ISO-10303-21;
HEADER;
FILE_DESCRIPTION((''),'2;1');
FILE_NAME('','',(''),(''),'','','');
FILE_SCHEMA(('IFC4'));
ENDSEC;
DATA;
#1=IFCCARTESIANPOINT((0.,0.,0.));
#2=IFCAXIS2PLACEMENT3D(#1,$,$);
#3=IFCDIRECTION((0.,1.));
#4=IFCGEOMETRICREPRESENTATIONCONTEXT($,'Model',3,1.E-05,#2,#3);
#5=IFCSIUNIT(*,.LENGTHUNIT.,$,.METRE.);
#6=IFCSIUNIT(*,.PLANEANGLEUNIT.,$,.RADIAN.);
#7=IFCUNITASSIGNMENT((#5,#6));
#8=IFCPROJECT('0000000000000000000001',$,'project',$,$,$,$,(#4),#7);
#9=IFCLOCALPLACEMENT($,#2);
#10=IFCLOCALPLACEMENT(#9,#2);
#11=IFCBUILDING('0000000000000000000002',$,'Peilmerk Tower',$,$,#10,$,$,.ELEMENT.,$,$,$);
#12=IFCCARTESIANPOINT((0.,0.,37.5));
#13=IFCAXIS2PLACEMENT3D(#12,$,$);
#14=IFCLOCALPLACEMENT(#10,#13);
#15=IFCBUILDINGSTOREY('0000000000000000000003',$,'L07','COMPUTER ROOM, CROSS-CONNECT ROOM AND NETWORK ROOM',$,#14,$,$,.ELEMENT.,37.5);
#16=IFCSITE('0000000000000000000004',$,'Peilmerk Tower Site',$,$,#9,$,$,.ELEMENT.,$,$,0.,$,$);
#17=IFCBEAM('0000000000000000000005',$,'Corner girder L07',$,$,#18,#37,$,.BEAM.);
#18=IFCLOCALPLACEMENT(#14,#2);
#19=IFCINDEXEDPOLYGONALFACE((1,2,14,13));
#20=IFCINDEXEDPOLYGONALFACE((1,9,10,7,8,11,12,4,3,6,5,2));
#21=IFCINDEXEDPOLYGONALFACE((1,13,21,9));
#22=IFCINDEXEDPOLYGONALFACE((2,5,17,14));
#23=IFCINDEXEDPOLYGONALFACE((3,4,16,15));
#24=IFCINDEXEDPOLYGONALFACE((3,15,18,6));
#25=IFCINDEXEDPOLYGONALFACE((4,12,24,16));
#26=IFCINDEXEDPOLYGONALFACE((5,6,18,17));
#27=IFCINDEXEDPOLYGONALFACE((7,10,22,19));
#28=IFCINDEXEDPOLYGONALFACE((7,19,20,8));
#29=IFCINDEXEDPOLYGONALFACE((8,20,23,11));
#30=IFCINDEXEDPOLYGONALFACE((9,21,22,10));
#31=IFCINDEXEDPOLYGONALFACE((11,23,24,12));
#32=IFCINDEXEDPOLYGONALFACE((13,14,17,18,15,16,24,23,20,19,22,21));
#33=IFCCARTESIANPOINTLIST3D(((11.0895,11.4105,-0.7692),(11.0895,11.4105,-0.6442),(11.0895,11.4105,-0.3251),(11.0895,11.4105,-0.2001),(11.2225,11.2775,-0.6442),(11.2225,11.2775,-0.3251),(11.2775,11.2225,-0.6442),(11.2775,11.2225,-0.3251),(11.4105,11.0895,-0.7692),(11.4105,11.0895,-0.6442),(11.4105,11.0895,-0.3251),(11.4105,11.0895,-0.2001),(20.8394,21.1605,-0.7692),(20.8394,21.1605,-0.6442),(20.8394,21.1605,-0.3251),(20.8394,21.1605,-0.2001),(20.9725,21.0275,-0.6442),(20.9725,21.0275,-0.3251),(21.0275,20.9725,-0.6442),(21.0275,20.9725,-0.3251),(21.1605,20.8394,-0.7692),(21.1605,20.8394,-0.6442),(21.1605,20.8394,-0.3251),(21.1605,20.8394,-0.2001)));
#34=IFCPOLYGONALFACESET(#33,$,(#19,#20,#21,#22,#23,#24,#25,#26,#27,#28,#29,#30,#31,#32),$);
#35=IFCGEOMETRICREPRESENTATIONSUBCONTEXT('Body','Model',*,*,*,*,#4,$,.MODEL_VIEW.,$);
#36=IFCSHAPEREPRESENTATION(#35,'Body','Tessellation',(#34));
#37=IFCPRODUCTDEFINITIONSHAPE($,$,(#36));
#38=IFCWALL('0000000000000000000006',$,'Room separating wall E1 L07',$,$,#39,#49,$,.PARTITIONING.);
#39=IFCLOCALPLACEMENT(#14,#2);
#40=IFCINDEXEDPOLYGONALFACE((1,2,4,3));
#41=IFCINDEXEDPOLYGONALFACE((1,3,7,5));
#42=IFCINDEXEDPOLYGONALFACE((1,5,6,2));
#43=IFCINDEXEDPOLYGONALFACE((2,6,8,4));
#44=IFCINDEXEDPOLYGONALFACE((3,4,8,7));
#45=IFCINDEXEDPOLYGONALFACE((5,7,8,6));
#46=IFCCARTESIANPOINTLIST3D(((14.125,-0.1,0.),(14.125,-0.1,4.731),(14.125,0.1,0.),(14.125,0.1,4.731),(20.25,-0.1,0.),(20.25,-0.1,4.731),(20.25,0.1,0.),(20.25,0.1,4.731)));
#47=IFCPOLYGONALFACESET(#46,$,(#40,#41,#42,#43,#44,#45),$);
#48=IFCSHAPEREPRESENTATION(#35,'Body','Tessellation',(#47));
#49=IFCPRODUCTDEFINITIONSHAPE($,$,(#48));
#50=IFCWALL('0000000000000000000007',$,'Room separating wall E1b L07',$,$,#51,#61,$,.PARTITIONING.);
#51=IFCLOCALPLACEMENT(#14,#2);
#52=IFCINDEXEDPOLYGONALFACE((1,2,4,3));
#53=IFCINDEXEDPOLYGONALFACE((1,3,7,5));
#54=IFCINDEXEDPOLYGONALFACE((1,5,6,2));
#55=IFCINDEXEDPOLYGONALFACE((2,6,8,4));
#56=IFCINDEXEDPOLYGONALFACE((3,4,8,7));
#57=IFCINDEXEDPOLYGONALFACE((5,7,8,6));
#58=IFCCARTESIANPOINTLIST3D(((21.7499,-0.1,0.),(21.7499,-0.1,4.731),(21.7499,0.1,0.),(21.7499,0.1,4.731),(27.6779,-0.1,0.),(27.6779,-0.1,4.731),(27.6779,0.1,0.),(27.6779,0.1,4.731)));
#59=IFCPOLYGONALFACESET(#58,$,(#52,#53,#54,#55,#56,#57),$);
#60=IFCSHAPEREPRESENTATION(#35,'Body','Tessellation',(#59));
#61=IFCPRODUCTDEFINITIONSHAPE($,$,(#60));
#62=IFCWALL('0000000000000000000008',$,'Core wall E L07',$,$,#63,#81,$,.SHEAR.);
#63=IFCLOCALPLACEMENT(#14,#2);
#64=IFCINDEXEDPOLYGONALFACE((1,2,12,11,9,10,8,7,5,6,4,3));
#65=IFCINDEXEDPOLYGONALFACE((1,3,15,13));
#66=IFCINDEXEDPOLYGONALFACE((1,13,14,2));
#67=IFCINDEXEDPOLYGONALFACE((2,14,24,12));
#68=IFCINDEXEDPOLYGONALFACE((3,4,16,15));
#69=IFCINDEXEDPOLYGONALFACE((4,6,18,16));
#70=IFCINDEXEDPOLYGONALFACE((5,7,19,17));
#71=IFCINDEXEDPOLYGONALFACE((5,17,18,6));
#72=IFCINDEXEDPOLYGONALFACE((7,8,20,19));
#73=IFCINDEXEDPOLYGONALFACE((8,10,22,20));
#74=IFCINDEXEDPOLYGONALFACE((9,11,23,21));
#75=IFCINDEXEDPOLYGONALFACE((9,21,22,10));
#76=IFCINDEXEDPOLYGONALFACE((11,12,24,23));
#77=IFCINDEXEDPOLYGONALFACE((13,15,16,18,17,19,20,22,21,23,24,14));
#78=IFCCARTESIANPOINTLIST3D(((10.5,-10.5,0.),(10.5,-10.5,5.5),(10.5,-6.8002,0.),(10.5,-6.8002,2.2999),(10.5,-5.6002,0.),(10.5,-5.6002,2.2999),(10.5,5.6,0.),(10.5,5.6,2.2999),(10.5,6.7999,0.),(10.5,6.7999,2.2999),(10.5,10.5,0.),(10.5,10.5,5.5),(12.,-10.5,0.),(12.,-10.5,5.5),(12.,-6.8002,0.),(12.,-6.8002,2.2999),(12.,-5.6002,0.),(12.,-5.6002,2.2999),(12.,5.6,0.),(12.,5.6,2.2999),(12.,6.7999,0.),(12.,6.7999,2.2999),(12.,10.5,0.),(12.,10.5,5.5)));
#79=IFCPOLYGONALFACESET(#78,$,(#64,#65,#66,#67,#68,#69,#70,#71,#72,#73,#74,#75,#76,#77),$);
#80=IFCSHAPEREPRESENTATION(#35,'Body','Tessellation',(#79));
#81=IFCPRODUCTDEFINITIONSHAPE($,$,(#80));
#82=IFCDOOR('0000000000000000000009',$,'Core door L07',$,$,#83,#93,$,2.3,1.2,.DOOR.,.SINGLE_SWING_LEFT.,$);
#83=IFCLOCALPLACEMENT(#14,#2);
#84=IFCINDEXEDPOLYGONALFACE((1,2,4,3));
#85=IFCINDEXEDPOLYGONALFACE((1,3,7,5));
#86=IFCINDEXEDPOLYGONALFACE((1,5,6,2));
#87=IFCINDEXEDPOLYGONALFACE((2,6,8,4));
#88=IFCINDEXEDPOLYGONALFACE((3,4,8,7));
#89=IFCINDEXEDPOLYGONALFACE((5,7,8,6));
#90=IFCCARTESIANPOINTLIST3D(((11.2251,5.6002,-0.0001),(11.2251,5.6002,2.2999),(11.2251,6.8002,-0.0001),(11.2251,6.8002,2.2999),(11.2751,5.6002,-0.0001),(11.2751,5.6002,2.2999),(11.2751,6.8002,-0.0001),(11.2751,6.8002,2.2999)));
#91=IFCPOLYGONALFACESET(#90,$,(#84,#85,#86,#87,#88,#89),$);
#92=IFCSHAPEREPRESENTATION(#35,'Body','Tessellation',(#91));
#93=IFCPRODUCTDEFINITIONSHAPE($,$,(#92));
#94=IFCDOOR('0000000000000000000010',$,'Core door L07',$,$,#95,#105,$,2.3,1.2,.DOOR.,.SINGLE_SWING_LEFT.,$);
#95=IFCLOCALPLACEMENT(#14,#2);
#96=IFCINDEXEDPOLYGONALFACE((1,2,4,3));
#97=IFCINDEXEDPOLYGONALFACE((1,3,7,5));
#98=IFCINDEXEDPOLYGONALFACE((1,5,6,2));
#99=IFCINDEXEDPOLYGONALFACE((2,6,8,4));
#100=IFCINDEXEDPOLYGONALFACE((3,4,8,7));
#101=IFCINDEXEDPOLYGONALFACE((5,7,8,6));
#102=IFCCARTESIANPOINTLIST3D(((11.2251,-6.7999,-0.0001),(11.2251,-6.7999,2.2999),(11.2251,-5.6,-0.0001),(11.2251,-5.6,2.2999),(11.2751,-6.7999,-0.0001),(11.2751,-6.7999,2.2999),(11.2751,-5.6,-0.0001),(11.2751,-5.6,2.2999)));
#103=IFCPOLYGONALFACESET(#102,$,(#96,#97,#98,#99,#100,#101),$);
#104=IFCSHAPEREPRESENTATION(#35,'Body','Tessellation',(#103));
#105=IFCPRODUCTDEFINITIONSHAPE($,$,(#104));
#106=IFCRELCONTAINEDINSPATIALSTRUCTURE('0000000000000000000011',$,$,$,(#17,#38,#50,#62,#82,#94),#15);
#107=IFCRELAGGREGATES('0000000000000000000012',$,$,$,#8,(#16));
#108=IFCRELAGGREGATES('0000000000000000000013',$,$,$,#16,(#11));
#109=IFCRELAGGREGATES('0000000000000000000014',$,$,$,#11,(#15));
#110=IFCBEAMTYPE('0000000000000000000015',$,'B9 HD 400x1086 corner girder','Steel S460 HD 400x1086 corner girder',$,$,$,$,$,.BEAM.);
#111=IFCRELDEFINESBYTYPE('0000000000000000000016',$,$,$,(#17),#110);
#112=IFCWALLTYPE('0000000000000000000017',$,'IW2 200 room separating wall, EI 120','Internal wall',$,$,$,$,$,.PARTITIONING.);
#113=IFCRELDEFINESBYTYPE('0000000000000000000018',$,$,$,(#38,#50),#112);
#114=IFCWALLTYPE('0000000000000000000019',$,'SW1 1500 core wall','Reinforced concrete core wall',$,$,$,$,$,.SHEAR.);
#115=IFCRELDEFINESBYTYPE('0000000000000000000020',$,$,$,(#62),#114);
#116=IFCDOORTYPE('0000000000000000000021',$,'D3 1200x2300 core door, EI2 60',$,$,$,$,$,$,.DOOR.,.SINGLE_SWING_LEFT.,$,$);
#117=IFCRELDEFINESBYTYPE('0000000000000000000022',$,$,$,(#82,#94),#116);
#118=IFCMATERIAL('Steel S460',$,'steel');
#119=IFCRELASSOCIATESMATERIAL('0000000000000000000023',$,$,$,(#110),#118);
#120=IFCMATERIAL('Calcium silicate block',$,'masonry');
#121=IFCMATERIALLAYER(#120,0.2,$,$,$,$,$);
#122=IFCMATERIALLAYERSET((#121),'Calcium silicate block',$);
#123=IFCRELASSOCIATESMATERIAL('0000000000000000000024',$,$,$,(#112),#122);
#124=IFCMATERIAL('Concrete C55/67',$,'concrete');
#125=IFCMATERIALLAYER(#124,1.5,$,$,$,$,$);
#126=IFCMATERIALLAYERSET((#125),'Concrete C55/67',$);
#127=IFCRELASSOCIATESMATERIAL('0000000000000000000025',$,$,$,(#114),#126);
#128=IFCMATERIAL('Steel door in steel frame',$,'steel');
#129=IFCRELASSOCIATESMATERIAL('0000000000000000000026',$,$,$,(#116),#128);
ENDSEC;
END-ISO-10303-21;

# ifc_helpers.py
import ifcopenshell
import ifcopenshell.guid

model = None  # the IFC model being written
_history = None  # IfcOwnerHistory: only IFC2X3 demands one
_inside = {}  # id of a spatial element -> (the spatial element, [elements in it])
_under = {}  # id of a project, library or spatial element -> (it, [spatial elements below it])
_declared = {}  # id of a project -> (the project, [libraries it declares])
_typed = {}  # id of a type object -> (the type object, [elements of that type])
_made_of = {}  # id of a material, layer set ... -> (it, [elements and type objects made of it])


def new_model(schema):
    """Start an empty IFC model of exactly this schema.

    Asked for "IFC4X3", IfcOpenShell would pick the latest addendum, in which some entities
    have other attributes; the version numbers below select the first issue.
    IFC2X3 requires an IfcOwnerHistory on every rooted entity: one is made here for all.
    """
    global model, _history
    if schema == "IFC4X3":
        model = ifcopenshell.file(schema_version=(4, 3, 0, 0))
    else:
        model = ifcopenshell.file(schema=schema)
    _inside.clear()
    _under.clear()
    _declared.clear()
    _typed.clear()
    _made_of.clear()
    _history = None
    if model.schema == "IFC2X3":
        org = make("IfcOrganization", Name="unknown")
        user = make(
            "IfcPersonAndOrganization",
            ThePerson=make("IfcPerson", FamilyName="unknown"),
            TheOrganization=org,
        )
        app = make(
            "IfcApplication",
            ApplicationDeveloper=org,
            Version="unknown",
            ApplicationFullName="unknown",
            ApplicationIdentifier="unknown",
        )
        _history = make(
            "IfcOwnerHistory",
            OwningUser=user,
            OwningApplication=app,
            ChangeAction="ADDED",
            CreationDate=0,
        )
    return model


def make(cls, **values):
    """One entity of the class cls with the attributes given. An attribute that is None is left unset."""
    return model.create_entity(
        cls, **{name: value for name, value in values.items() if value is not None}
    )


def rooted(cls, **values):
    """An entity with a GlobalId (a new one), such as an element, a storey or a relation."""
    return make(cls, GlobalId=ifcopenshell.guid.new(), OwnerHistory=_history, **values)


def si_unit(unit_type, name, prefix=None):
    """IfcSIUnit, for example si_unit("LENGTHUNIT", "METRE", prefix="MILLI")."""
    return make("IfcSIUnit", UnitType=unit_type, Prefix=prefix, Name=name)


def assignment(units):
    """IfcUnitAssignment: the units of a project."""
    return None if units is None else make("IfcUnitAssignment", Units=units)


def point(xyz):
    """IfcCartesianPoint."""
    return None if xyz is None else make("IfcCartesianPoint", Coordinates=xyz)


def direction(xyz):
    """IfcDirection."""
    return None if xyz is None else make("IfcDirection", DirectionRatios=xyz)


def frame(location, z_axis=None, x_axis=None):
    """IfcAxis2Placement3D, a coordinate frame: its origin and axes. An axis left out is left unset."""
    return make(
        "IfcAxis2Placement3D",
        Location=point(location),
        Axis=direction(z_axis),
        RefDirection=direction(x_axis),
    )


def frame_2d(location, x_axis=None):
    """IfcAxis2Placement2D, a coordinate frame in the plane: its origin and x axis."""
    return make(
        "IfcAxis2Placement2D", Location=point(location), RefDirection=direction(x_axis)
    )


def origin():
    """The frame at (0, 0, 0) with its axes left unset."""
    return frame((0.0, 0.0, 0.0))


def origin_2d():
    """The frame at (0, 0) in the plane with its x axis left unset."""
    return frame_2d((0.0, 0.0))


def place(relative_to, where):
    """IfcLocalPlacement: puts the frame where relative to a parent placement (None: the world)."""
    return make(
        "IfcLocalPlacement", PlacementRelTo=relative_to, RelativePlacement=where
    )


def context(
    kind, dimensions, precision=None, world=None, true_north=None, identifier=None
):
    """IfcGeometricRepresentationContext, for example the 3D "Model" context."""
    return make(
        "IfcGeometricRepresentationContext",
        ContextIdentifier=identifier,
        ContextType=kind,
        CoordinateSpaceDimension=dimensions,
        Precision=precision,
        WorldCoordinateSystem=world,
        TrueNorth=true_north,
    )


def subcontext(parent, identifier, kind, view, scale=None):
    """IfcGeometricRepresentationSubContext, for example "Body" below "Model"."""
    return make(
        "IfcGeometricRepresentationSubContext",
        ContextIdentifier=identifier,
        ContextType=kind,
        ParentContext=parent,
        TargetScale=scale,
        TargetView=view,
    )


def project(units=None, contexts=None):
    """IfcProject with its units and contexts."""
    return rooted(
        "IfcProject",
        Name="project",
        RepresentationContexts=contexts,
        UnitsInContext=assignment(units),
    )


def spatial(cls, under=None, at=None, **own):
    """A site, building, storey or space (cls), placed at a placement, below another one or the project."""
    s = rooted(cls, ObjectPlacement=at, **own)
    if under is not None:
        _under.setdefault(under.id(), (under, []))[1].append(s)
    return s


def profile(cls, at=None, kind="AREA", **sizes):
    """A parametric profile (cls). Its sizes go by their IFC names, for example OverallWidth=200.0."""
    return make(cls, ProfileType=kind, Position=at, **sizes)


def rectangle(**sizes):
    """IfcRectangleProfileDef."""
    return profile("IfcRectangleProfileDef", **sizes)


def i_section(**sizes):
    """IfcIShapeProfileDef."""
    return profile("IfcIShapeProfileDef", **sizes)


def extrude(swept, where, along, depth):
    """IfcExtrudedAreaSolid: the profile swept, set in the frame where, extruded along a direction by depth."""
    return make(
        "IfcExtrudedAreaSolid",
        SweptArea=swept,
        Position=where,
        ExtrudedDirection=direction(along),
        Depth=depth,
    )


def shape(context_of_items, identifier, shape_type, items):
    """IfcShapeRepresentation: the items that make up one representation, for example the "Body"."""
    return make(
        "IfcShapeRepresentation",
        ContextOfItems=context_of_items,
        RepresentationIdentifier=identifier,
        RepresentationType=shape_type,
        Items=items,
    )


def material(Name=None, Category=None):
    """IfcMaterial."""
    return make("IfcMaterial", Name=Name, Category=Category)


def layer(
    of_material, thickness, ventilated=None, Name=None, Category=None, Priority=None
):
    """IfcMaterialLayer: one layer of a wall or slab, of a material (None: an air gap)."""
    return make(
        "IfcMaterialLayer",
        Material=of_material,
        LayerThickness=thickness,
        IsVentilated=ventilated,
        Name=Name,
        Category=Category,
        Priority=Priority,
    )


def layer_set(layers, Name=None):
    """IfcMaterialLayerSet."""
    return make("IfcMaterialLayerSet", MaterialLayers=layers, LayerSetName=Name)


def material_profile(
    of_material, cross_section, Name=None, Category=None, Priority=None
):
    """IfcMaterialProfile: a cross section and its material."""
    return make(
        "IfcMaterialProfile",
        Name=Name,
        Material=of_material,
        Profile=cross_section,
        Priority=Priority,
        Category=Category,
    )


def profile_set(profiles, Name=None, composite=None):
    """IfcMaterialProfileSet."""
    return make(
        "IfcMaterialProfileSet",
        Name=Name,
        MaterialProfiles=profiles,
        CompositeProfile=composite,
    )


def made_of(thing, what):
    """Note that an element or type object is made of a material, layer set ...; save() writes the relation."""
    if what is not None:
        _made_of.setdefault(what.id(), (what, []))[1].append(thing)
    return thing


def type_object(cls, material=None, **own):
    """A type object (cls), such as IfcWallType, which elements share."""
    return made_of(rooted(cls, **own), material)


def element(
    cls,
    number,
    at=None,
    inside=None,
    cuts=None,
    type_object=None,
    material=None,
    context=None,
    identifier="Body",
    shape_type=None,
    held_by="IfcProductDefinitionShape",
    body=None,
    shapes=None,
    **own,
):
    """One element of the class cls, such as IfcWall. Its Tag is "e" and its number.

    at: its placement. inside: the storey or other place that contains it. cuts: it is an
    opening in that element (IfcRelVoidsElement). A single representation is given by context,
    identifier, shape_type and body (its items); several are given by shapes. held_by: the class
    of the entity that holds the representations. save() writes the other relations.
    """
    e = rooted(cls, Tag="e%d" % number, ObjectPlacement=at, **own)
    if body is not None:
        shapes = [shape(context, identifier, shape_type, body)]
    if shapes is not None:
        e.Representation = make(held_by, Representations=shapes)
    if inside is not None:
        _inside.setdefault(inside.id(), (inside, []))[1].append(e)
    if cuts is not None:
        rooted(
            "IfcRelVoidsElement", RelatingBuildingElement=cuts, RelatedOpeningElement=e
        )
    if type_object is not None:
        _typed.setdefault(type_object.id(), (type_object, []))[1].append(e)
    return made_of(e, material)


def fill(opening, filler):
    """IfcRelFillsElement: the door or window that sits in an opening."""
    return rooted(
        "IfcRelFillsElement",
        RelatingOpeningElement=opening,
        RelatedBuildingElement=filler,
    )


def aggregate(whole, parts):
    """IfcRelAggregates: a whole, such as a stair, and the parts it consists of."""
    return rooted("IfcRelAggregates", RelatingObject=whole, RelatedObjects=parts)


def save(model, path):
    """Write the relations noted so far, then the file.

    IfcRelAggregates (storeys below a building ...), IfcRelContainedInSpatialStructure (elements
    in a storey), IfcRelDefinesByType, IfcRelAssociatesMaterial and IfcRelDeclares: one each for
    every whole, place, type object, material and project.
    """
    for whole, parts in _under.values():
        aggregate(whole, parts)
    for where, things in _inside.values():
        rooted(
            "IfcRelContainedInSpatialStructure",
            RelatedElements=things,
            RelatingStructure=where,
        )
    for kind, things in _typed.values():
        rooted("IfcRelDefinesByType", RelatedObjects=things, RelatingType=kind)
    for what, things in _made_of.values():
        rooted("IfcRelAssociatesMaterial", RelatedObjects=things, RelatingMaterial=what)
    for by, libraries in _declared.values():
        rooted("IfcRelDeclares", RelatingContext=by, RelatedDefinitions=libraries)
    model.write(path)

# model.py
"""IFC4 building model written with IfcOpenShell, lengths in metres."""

from ifc_helpers import new_model, si_unit, direction, frame, frame_2d, origin, origin_2d, place, context, subcontext, project, spatial, rectangle, i_section, extrude, material, layer, layer_set, material_profile, profile_set, type_object, element, fill, save


model = new_model("IFC4")

# Units and contexts
model_context = context("Model", 3, precision=1e-05, world=origin(), true_north=direction((0.0, 1.0)))
body_context = subcontext(model_context, "Body", "Model", "MODEL_VIEW")
ifc_project = project(units=[si_unit("LENGTHUNIT", "METRE"), si_unit("PLANEANGLEUNIT", "RADIAN")], contexts=[model_context])

# Site, building, storey
site_placement = place(None, origin())
site = spatial("IfcSite", under=ifc_project, at=site_placement, Name="Peilmerk Tower Site", CompositionType="ELEMENT", RefElevation=0.0)
building_placement = place(site_placement, origin())
building = spatial("IfcBuilding", under=site, at=building_placement, Name="Peilmerk Tower", CompositionType="ELEMENT")
storey_placement = place(building_placement, frame((0.0, 0.0, 37.5)))
storey = spatial("IfcBuildingStorey", under=building, at=storey_placement, Name="L07", Description="COMPUTER ROOM, CROSS-CONNECT ROOM AND NETWORK ROOM", CompositionType="ELEMENT", Elevation=37.5)

# Beam
ifc_material_1 = material(Name="Steel S460", Category="steel")
ifc_material_profile_1 = material_profile(ifc_material_1, i_section(OverallWidth=0.4541, OverallDepth=0.5691, WebThickness=0.0779, FlangeThickness=0.125, at=origin_2d()), Name="HD 400x1086")
ifc_profile_set_1 = profile_set([ifc_material_profile_1], Name="Steel S460")
beam_type_1 = type_object("IfcBeamType", Name="B9 HD 400x1086 corner girder", Description="Steel S460 HD 400x1086 corner girder", PredefinedType="BEAM", material=ifc_profile_set_1)
beam_1_placement = place(storey_placement, frame((11.25, 11.25, -0.4846), z_axis=(0.707107, 0.707107, 0.0), x_axis=(-0.707107, 0.707107, 0.0)))
element("IfcBeam", 1, at=beam_1_placement, inside=storey, type_object=beam_type_1, Name="Corner girder L07", PredefinedType="BEAM", context=body_context, shape_type="SweptSolid", body=[
    extrude(i_section(OverallWidth=0.4541, OverallDepth=0.5691, WebThickness=0.0779, FlangeThickness=0.125, at=origin_2d()), origin(), (0.0, 0.0, 1.0), 13.7886),
])

# Walls
ifc_material_2 = material(Name="Calcium silicate block", Category="masonry")
ifc_layer_1 = layer(ifc_material_2, 0.2)
ifc_layer_set_1 = layer_set([ifc_layer_1], Name="Calcium silicate block")
wall_type_1 = type_object("IfcWallType", Name="IW2 200 room separating wall, EI 120", Description="Internal wall", PredefinedType="PARTITIONING", material=ifc_layer_set_1)
wall_1_placement = place(storey_placement, frame((14.125, 0.0, 0.0), z_axis=(0.0, 0.0, 1.0), x_axis=(1.0, 0.0, 0.0)))
element("IfcWall", 2, at=wall_1_placement, inside=storey, type_object=wall_type_1, Name="Room separating wall E1 L07", PredefinedType="PARTITIONING", context=body_context, shape_type="SweptSolid", body=[
    extrude(rectangle(XDim=6.125, YDim=0.2, at=frame_2d((3.0625, 0.0))), origin(), (0.0, 0.0, 1.0), 4.731),
])
wall_2_placement = place(storey_placement, frame((21.75, 0.0, 0.0), z_axis=(0.0, 0.0, 1.0), x_axis=(1.0, 0.0, 0.0)))
element("IfcWall", 3, at=wall_2_placement, inside=storey, type_object=wall_type_1, Name="Room separating wall E1b L07", PredefinedType="PARTITIONING", context=body_context, shape_type="SweptSolid", body=[
    extrude(rectangle(XDim=5.928, YDim=0.2, at=frame_2d((2.9639, 0.0))), origin(), (0.0, 0.0, 1.0), 4.731),
])

# Wall, openings, doors
ifc_material_3 = material(Name="Concrete C55/67", Category="concrete")
ifc_layer_2 = layer(ifc_material_3, 1.5)
ifc_layer_set_2 = layer_set([ifc_layer_2], Name="Concrete C55/67")
wall_type_2 = type_object("IfcWallType", Name="SW1 1500 core wall", Description="Reinforced concrete core wall", PredefinedType="SHEAR", material=ifc_layer_set_2)
wall_3_placement = place(storey_placement, frame((11.25, 10.5, 0.0), z_axis=(0.0, 0.0, 1.0), x_axis=(0.0, -1.0, 0.0)))
wall_3 = element("IfcWall", 4, at=wall_3_placement, inside=storey, type_object=wall_type_2, Name="Core wall E L07", PredefinedType="SHEAR", context=body_context, shape_type="SweptSolid", body=[
    extrude(rectangle(XDim=21.0, YDim=1.5, at=frame_2d((10.5, 0.0))), origin(), (0.0, 0.0, 1.0), 5.5),
])
opening_1_placement = place(wall_3_placement, frame((3.7, 0.0, 0.0)))
opening_1 = element("IfcOpeningElement", 5, at=opening_1_placement, cuts=wall_3, PredefinedType="OPENING", context=body_context, shape_type="SweptSolid", body=[
    extrude(rectangle(XDim=1.2, YDim=2.3, at=frame_2d((0.6001, 1.1499))), frame((0.0, 0.76, 0.0), z_axis=(0.0, -1.0, 0.0), x_axis=(1.0, 0.0, 0.0)), (0.0, 0.0, 1.0), 1.52),
])
opening_2_placement = place(wall_3_placement, frame((16.1001, 0.0, 0.0)))
opening_2 = element("IfcOpeningElement", 6, at=opening_2_placement, cuts=wall_3, PredefinedType="OPENING", context=body_context, shape_type="SweptSolid", body=[
    extrude(rectangle(XDim=1.2, YDim=2.3, at=frame_2d((0.6001, 1.1499))), frame((0.0, 0.76, 0.0), z_axis=(0.0, -1.0, 0.0), x_axis=(1.0, 0.0, 0.0)), (0.0, 0.0, 1.0), 1.52),
])
ifc_material_4 = material(Name="Steel door in steel frame", Category="steel")
door_type = type_object("IfcDoorType", Name="D3 1200x2300 core door, EI2 60", OperationType="SINGLE_SWING_LEFT", PredefinedType="DOOR", material=ifc_material_4)
door_1_placement = place(opening_1_placement, frame((1.2, 0.0, 0.0), z_axis=(0.0, 0.0, 1.0), x_axis=(-1.0, 0.0, 0.0)))
door_1 = element("IfcDoor", 7, at=door_1_placement, inside=storey, type_object=door_type, Name="Core door L07", OperationType="SINGLE_SWING_LEFT", OverallHeight=2.3, OverallWidth=1.2, PredefinedType="DOOR", context=body_context, shape_type="SweptSolid", body=[
    extrude(rectangle(XDim=1.2, YDim=2.3, at=frame_2d((0.6001, 1.1499))), frame((0.0, 0.0249, 0.0), z_axis=(0.0, -1.0, 0.0), x_axis=(1.0, 0.0, 0.0)), (0.0, 0.0, 1.0), 0.05),
])
fill(opening_1, door_1)
door_2_placement = place(opening_2_placement, frame((1.2, 0.0, 0.0), z_axis=(0.0, 0.0, 1.0), x_axis=(-1.0, 0.0, 0.0)))
door_2 = element("IfcDoor", 8, at=door_2_placement, inside=storey, type_object=door_type, Name="Core door L07", OperationType="SINGLE_SWING_LEFT", OverallHeight=2.3, OverallWidth=1.2, PredefinedType="DOOR", context=body_context, shape_type="SweptSolid", body=[
    extrude(rectangle(XDim=1.2, YDim=2.3, at=frame_2d((0.6001, 1.1499))), frame((0.0, 0.0249, 0.0), z_axis=(0.0, -1.0, 0.0), x_axis=(1.0, 0.0, 0.0)), (0.0, 0.0, 1.0), 0.05),
])
fill(opening_2, door_2)

save(model, "model.ifc")
